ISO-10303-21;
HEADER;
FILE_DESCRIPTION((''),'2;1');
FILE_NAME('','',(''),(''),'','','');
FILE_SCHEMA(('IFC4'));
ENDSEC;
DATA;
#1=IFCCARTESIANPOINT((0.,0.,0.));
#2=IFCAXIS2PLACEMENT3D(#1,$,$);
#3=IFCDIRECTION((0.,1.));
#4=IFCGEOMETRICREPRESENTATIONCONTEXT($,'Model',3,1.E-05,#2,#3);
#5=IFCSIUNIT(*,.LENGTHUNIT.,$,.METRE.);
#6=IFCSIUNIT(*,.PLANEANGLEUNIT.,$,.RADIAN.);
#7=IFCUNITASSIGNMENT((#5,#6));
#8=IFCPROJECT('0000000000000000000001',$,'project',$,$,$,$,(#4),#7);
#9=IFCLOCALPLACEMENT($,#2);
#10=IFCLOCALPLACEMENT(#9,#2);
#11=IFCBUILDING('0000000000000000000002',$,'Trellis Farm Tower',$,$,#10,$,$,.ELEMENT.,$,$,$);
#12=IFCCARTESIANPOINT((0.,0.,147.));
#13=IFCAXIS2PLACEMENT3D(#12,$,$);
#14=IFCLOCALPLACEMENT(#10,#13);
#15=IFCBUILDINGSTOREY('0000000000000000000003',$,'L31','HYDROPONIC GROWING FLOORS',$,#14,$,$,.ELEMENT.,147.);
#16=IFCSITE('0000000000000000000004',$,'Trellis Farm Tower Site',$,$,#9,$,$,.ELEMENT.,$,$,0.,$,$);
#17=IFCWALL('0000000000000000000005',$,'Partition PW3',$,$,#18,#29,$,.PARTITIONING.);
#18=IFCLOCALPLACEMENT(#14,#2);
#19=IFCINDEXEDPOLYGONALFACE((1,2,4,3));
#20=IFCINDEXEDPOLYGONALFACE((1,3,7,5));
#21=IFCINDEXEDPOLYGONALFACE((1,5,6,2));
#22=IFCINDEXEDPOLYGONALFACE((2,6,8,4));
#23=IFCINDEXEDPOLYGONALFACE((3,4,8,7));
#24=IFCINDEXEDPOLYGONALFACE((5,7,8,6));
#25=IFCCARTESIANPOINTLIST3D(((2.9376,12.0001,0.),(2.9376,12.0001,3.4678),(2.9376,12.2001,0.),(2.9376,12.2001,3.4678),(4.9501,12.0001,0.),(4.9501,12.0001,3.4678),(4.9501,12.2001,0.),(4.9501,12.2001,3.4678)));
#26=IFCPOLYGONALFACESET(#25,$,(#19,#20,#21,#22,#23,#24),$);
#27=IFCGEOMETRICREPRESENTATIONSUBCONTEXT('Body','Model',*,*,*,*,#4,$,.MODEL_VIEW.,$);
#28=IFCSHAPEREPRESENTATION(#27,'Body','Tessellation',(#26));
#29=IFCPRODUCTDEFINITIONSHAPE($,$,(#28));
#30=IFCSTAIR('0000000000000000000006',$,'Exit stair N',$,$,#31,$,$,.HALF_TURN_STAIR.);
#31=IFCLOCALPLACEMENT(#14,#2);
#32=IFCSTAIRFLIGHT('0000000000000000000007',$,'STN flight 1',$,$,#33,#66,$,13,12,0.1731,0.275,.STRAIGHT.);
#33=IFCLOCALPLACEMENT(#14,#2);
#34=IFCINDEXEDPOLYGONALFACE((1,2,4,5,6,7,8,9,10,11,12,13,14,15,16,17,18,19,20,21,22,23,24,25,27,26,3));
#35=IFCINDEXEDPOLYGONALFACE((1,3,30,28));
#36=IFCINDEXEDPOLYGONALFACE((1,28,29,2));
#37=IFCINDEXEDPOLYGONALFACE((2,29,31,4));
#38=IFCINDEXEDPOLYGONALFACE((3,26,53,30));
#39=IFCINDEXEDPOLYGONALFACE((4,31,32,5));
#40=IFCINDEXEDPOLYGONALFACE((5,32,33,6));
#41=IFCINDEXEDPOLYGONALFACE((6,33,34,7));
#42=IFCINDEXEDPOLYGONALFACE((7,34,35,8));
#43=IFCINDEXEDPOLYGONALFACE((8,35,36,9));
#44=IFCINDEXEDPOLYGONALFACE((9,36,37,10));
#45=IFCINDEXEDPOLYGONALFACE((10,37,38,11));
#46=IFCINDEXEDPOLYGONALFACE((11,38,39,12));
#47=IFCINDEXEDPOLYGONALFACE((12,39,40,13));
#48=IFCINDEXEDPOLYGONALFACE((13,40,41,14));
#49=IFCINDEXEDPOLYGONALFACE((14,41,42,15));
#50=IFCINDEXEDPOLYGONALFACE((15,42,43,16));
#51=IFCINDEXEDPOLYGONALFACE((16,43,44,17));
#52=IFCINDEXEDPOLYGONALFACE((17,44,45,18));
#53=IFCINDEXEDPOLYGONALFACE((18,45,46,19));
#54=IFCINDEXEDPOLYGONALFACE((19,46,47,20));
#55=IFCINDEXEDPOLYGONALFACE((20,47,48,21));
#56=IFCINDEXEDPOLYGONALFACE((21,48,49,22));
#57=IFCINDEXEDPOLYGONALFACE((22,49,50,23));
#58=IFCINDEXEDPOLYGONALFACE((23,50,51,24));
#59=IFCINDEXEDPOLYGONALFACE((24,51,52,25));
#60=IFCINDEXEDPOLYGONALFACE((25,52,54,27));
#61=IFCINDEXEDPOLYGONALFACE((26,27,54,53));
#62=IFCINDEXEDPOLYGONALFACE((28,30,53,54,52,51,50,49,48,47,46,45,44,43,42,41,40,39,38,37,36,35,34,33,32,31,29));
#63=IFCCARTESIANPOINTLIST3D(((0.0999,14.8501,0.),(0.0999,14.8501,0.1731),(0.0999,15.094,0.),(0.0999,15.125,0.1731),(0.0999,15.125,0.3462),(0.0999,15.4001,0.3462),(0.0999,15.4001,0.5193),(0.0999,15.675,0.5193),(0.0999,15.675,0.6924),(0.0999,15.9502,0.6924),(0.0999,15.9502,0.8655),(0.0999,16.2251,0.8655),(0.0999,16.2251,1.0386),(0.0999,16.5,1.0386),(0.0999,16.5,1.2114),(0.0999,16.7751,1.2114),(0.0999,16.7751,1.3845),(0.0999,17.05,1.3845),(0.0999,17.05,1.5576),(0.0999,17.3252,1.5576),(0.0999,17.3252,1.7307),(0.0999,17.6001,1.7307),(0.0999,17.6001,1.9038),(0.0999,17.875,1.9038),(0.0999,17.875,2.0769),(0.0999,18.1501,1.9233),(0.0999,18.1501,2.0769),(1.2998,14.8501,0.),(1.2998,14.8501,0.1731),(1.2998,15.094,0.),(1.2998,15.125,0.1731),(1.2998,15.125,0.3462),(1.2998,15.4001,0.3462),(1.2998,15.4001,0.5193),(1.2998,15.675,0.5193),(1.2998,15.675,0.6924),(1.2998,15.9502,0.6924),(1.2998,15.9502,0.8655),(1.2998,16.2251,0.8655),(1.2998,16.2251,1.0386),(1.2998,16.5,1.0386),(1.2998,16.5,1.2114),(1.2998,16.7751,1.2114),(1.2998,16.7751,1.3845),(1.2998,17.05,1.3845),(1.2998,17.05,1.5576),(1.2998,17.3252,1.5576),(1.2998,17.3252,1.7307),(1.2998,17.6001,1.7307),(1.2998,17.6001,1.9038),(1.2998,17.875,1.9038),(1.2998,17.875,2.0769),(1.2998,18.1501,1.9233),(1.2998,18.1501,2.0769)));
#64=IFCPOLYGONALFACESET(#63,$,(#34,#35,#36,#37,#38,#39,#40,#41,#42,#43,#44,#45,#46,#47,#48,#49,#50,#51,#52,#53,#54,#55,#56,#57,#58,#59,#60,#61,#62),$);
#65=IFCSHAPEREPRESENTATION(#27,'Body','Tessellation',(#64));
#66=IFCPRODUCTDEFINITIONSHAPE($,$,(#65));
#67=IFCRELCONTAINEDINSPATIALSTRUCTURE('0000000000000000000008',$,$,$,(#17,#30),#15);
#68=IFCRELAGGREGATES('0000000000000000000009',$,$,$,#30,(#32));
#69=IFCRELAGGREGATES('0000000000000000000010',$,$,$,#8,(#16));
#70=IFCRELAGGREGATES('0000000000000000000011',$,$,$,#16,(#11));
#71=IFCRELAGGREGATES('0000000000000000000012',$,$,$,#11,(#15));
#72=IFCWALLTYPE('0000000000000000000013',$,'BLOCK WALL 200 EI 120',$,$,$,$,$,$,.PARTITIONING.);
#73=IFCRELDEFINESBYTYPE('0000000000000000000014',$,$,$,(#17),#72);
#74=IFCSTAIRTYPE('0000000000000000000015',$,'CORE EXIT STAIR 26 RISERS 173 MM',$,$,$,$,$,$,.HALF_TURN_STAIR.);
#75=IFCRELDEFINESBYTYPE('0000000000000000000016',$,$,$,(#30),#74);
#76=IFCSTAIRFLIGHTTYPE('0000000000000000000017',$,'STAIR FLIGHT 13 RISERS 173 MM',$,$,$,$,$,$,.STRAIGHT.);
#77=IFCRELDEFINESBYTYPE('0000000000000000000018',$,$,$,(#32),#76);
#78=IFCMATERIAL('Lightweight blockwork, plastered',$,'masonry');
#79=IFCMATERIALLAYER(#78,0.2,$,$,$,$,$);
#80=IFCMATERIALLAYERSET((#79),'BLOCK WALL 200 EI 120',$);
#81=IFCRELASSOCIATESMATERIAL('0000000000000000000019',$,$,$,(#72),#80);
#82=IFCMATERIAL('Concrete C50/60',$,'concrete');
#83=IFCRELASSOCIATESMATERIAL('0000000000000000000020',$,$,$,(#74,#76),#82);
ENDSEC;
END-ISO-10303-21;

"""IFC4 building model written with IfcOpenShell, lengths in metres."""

from ifc_helpers import new_model, si_unit, direction, frame, frame_2d, origin, place, context, subcontext, project, spatial, polyline, rectangle, outline, extrude, source, transform, mapped, material, layer, layer_set, type_object, element, aggregate, save


model = new_model("IFC4")

# Units and contexts
model_context = context("Model", 3, precision=1e-05, world=origin(), true_north=direction((0.0, 1.0)))
body_context = subcontext(model_context, "Body", "Model", "MODEL_VIEW")
ifc_project = project(units=[si_unit("LENGTHUNIT", "METRE"), si_unit("PLANEANGLEUNIT", "RADIAN")], contexts=[model_context])

# Site, building, storey
site_placement = place(None, origin())
site = spatial("IfcSite", under=ifc_project, at=site_placement, Name="Trellis Farm Tower Site", CompositionType="ELEMENT", RefElevation=0.0)
building_placement = place(site_placement, origin())
building = spatial("IfcBuilding", under=site, at=building_placement, Name="Trellis Farm Tower", CompositionType="ELEMENT")
storey_placement = place(building_placement, frame((0.0, 0.0, 147.0)))
storey = spatial("IfcBuildingStorey", under=building, at=storey_placement, Name="L31", Description="HYDROPONIC GROWING FLOORS", CompositionType="ELEMENT", Elevation=147.0)

# Shared definitions
placement = place(storey_placement, origin())

# Wall
ifc_material_1 = material(Name="Lightweight blockwork, plastered", Category="masonry")
ifc_layer_1 = layer(ifc_material_1, 0.2)
ifc_layer_set_1 = layer_set([ifc_layer_1], Name="BLOCK WALL 200 EI 120")
wall_type_1 = type_object("IfcWallType", Name="BLOCK WALL 200 EI 120", PredefinedType="PARTITIONING", material=ifc_layer_set_1)
shared_shape_1 = source(origin(), body_context, "Body", "SweptSolid", [
    extrude(rectangle(XDim=2.0125, YDim=0.2, at=frame_2d((1.0063, 0.0))), origin(), (0.0, 0.0, 1.0), 3.4678),
])
wall_1_placement = place(storey_placement, frame((2.9375, 12.1001, 0.0), z_axis=(0.0, 0.0, 1.0), x_axis=(1.0, 0.0, 0.0)))
element("IfcWall", 1, at=wall_1_placement, inside=storey, type_object=wall_type_1, Name="Partition PW3", PredefinedType="PARTITIONING", context=body_context, shape_type="MappedRepresentation", body=[
    mapped(shared_shape_1, transform((0.0, 0.0, 0.0))),
])

# Stair, stair flight
ifc_material_2 = material(Name="Concrete C50/60", Category="concrete")
stair_type = type_object("IfcStairType", Name="CORE EXIT STAIR 26 RISERS 173 MM", PredefinedType="HALF_TURN_STAIR", material=ifc_material_2)
stair = element("IfcStair", 2, at=placement, inside=storey, type_object=stair_type, Name="Exit stair N", PredefinedType="HALF_TURN_STAIR")
stair_flight_type = type_object("IfcStairFlightType", Name="STAIR FLIGHT 13 RISERS 173 MM", PredefinedType="STRAIGHT", material=ifc_material_2)
shared_shape_2 = source(origin(), body_context, "Body", "SweptSolid", [
    extrude(outline(polyline([(0.0, 0.0), (0.0, 0.1731), (0.2749, 0.1731), (0.2749, 0.3462), (0.55, 0.3462), (0.55, 0.5193), (0.825, 0.5193), (0.825, 0.6924), (1.1001, 0.6924), (1.1001, 0.8655), (1.375, 0.8655), (1.375, 1.0386), (1.6499, 1.0386), (1.6499, 1.2114), (1.925, 1.2114), (1.925, 1.3845), (2.2, 1.3845), (2.2, 1.5576), (2.4751, 1.5576), (2.4751, 1.7307), (2.75, 1.7307), (2.75, 1.9038), (3.0249, 1.9038), (3.0249, 2.0769), (3.3, 2.0769), (3.3, 2.25), (3.3, 1.9233), (0.2439, 0.0), (0.0, 0.0)])), frame((0.0, 0.6001, 0.0), z_axis=(0.0, -1.0, 0.0), x_axis=(1.0, 0.0, 0.0)), (0.0, 0.0, 1.0), 1.2),
])
stair_flight_placement = place(storey_placement, frame((0.7, 14.8501, 0.0), z_axis=(0.0, 0.0, 1.0), x_axis=(0.0, 1.0, 0.0)))
stair_flight = element("IfcStairFlight", 3, at=stair_flight_placement, type_object=stair_flight_type, Name="STN flight 1", NumberOfRisers=13, NumberOfTreads=12, PredefinedType="STRAIGHT", RiserHeight=0.1731, TreadLength=0.275, context=body_context, shape_type="MappedRepresentation", body=[
    mapped(shared_shape_2, transform((0.0, 0.0, 0.0))),
])
aggregate(stair, [stair_flight])

save(model, "model.ifc")
